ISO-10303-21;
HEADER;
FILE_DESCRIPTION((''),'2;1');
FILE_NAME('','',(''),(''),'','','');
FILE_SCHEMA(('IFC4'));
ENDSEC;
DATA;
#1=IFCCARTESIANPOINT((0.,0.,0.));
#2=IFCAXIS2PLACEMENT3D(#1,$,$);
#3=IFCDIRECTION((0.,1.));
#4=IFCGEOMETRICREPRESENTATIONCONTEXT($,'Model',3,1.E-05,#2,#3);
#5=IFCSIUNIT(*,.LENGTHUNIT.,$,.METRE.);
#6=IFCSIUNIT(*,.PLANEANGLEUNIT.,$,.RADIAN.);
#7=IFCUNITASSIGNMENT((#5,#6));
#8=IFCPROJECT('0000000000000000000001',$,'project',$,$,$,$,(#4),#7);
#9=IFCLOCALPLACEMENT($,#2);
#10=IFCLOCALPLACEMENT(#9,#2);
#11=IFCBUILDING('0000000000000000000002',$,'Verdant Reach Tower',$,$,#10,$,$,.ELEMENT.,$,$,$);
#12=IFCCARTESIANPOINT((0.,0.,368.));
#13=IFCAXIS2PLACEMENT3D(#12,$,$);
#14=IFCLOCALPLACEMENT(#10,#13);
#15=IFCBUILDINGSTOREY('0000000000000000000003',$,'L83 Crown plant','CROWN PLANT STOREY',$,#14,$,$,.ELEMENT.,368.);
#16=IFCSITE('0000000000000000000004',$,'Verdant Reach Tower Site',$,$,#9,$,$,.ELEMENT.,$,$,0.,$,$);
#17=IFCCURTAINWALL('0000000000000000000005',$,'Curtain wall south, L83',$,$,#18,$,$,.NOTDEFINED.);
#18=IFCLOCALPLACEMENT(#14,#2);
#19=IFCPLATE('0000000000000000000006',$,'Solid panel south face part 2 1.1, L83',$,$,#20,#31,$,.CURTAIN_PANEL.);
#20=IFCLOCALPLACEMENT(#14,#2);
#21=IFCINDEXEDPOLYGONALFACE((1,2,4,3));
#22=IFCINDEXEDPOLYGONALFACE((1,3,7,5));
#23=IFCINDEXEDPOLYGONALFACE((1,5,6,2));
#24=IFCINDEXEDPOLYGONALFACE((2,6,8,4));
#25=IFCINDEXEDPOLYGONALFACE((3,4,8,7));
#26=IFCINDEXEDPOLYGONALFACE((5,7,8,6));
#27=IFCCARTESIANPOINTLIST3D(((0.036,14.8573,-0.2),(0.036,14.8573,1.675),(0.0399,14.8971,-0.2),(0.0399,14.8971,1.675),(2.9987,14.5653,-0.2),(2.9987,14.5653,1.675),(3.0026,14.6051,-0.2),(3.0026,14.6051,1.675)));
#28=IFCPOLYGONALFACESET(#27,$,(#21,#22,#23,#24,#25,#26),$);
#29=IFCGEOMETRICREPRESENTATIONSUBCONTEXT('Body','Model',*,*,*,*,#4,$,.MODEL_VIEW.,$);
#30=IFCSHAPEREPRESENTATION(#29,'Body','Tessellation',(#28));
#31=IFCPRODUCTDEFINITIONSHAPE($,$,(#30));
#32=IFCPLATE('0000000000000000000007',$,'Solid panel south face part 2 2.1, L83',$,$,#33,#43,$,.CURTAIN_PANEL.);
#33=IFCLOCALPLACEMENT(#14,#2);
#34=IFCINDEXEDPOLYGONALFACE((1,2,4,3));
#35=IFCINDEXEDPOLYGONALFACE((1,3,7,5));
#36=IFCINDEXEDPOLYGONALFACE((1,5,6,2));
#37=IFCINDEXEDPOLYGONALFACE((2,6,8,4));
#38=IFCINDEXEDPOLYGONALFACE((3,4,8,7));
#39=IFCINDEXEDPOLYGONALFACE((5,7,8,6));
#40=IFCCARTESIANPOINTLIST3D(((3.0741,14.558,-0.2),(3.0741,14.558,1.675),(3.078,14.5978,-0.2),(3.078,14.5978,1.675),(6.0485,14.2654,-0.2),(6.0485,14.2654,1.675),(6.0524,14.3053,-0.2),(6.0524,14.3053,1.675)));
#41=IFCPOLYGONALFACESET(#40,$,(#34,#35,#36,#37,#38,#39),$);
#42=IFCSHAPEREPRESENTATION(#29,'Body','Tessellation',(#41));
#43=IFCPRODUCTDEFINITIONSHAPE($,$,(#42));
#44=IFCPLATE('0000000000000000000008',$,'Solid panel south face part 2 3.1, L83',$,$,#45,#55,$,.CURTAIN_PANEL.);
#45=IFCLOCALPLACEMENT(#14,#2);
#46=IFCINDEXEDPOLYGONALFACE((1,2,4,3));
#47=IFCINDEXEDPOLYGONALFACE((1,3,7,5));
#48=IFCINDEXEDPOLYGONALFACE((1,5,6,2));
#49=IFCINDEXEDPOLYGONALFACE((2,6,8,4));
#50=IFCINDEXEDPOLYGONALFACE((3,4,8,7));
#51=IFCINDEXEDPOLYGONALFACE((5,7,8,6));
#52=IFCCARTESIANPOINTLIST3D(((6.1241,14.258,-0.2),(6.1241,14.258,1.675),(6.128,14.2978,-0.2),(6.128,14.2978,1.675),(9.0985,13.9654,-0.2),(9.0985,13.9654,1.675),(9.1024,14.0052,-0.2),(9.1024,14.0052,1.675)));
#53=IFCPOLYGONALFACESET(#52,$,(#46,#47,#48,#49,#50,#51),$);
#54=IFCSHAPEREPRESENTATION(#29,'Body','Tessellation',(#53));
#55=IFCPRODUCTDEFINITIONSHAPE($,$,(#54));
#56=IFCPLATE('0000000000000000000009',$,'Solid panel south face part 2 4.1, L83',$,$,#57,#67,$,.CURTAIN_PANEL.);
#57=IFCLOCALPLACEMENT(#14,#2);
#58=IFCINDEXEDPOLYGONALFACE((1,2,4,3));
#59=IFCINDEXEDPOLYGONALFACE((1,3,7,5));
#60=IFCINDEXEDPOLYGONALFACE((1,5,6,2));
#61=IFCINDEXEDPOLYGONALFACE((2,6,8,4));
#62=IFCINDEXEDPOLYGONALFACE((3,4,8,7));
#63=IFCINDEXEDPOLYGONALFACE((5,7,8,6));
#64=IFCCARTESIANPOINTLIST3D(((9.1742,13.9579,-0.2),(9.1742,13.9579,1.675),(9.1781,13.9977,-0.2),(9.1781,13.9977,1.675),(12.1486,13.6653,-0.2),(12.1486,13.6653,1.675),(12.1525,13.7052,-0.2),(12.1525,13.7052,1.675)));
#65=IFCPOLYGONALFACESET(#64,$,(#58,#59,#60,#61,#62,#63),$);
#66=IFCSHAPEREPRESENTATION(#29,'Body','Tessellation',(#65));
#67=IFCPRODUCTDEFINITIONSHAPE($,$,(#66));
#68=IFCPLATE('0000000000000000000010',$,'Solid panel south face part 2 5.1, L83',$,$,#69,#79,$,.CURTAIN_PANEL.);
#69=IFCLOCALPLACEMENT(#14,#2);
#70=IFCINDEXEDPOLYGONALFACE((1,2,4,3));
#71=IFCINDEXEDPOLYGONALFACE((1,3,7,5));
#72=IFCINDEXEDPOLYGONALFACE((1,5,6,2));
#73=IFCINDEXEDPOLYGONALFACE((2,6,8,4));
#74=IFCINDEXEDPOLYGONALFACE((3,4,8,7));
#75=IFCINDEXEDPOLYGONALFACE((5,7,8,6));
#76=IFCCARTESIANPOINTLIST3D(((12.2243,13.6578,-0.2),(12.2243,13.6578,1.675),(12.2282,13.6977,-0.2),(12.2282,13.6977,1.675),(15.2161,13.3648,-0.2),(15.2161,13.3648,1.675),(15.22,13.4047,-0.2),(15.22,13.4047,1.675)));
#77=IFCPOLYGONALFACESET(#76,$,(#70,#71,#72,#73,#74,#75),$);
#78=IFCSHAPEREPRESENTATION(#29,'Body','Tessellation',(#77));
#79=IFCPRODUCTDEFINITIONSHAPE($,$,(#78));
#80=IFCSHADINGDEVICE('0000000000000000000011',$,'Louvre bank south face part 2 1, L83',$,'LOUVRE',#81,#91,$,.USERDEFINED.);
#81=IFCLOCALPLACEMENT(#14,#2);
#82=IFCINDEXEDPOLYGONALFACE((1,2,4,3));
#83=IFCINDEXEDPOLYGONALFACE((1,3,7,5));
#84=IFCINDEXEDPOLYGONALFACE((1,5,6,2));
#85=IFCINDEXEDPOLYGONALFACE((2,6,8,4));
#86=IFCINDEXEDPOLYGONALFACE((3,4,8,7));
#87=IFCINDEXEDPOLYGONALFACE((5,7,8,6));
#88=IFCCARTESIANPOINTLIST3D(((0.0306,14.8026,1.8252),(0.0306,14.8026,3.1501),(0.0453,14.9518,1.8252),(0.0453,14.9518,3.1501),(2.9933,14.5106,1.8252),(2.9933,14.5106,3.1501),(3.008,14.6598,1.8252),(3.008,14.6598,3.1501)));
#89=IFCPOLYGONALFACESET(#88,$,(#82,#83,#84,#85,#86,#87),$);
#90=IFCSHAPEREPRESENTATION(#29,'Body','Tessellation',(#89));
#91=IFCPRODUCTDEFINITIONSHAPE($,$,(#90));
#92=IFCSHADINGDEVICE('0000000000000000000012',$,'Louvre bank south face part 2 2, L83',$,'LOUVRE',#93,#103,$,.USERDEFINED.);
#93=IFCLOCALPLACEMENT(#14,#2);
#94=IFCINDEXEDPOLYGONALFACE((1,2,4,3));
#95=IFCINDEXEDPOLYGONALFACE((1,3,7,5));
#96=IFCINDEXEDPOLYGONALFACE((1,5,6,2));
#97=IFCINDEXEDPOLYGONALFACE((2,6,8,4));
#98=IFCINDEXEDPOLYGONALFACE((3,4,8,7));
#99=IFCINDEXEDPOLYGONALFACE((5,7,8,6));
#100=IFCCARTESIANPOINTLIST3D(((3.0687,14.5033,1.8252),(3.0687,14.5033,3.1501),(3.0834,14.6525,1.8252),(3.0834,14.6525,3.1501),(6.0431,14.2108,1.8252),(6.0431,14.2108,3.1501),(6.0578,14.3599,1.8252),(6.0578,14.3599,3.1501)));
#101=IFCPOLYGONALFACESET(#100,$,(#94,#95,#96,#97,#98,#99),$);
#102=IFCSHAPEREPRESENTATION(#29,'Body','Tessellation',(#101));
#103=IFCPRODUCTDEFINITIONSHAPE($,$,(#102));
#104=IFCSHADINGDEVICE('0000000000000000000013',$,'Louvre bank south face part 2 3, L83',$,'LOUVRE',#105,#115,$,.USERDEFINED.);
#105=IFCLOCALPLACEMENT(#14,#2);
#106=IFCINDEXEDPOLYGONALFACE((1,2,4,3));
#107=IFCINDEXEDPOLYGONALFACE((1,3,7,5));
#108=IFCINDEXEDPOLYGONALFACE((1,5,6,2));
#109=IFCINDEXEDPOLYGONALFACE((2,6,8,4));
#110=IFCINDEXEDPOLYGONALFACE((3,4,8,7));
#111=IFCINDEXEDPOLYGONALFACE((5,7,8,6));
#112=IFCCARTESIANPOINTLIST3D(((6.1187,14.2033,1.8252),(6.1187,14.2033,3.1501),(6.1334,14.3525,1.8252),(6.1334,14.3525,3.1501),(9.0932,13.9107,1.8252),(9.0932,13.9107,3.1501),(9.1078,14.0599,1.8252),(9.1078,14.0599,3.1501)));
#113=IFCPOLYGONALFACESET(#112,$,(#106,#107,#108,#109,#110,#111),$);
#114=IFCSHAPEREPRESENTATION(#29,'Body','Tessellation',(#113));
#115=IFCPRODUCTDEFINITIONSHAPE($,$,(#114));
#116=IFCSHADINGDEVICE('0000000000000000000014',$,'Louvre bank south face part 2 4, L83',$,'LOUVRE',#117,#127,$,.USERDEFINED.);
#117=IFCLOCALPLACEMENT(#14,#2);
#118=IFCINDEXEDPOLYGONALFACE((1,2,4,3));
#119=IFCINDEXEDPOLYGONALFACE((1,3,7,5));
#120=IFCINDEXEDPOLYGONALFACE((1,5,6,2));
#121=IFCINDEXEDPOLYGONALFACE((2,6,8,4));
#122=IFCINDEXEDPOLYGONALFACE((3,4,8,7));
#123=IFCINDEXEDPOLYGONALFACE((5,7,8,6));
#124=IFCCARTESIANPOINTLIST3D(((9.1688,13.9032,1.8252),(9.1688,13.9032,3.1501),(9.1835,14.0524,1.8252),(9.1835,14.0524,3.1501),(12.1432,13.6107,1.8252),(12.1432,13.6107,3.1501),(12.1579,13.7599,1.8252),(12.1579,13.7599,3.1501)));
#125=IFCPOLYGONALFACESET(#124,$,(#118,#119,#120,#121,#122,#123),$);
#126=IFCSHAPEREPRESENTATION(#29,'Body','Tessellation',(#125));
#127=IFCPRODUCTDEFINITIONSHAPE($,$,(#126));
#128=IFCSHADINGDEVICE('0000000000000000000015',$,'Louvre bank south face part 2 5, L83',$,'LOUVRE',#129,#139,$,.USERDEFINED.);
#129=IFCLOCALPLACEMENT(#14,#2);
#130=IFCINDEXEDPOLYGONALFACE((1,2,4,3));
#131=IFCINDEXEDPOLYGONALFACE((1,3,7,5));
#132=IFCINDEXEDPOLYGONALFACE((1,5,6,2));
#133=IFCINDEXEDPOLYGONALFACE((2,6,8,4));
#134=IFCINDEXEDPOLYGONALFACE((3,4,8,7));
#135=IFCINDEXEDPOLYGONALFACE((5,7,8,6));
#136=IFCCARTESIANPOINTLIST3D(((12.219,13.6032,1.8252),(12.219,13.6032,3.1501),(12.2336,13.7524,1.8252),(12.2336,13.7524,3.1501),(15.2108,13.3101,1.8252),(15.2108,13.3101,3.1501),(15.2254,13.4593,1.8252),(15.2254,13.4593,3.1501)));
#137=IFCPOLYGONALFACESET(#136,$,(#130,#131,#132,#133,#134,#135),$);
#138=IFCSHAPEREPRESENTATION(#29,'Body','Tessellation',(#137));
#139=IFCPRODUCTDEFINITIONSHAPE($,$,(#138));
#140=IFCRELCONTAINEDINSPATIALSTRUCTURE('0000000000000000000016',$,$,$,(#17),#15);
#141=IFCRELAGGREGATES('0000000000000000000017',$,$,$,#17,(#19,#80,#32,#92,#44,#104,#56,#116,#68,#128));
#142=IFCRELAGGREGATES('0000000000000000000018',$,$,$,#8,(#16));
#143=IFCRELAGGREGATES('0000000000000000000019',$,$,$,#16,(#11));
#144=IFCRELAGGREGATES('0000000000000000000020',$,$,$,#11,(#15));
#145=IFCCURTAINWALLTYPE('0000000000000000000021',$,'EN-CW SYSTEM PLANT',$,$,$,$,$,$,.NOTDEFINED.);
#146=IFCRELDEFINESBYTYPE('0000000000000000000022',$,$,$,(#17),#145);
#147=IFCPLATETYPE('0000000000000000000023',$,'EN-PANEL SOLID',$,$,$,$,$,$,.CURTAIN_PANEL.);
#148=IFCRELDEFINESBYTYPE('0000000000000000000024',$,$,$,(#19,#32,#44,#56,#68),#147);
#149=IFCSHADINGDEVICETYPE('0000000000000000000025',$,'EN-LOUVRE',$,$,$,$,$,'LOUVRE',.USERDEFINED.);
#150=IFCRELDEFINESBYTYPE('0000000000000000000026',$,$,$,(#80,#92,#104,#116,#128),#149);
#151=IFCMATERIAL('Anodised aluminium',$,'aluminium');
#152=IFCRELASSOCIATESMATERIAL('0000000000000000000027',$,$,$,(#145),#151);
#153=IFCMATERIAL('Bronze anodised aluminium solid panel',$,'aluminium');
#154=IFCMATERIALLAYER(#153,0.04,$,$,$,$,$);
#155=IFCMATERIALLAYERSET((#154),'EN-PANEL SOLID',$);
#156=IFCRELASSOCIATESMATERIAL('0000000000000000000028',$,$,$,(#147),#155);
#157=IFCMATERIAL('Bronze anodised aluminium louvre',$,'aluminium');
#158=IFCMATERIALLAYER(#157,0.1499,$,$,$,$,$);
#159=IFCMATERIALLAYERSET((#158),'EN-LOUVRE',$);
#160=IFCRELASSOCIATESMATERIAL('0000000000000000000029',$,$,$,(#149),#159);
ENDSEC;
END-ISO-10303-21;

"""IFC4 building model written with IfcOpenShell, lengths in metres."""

from ifc_helpers import new_model, si_unit, direction, frame, origin, origin_2d, place, context, subcontext, project, spatial, rectangle, extrude, material, layer, layer_set, type_object, element, aggregate, save


model = new_model("IFC4")

# Units and contexts
model_context = context("Model", 3, precision=1e-05, world=origin(), true_north=direction((0.0, 1.0)))
body_context = subcontext(model_context, "Body", "Model", "MODEL_VIEW")
ifc_project = project(units=[si_unit("LENGTHUNIT", "METRE"), si_unit("PLANEANGLEUNIT", "RADIAN")], contexts=[model_context])

# Site, building, storey
site_placement = place(None, origin())
site = spatial("IfcSite", under=ifc_project, at=site_placement, Name="Verdant Reach Tower Site", CompositionType="ELEMENT", RefElevation=0.0)
building_placement = place(site_placement, origin())
building = spatial("IfcBuilding", under=site, at=building_placement, Name="Verdant Reach Tower", CompositionType="ELEMENT")
storey_placement = place(building_placement, frame((0.0, 0.0, 368.0)))
storey = spatial("IfcBuildingStorey", under=building, at=storey_placement, Name="L83 Crown plant", Description="CROWN PLANT STOREY", CompositionType="ELEMENT", Elevation=368.0)

# Curtain wall
ifc_material_1 = material(Name="Anodised aluminium", Category="aluminium")
curtain_wall_type = type_object("IfcCurtainWallType", Name="EN-CW SYSTEM PLANT", PredefinedType="NOTDEFINED", material=ifc_material_1)
curtain_wall_placement = place(storey_placement, origin())
curtain_wall = element("IfcCurtainWall", 1, at=curtain_wall_placement, inside=storey, type_object=curtain_wall_type, Name="Curtain wall south, L83", PredefinedType="NOTDEFINED")

# Plates
ifc_material_2 = material(Name="Bronze anodised aluminium solid panel", Category="aluminium")
ifc_layer_1 = layer(ifc_material_2, 0.04)
ifc_layer_set_1 = layer_set([ifc_layer_1], Name="EN-PANEL SOLID")
plate_type = type_object("IfcPlateType", Name="EN-PANEL SOLID", PredefinedType="CURTAIN_PANEL", material=ifc_layer_set_1)
plate_1_placement = place(storey_placement, frame((1.5193, 14.7312, -0.2), z_axis=(0.0, 0.0, 1.0), x_axis=(0.995179, -0.098075, 0.0)))
plate_1 = element("IfcPlate", 2, at=plate_1_placement, type_object=plate_type, Name="Solid panel south face part 2 1.1, L83", PredefinedType="CURTAIN_PANEL", context=body_context, shape_type="SweptSolid", body=[
    extrude(rectangle(XDim=2.9771, YDim=0.04, at=origin_2d()), origin(), (0.0, 0.0, 1.0), 1.875),
])
plate_2_placement = place(storey_placement, frame((4.5632, 14.4316, -0.2), z_axis=(0.0, 0.0, 1.0), x_axis=(0.995197, -0.097888, 0.0)))
plate_2 = element("IfcPlate", 3, at=plate_2_placement, type_object=plate_type, Name="Solid panel south face part 2 2.1, L83", PredefinedType="CURTAIN_PANEL", context=body_context, shape_type="SweptSolid", body=[
    extrude(rectangle(XDim=2.9888, YDim=0.04, at=origin_2d()), origin(), (0.0, 0.0, 1.0), 1.875),
])
plate_3_placement = place(storey_placement, frame((7.6133, 14.1316, -0.2), z_axis=(0.0, 0.0, 1.0), x_axis=(0.995197, -0.097888, 0.0)))
plate_3 = element("IfcPlate", 4, at=plate_3_placement, type_object=plate_type, Name="Solid panel south face part 2 3.1, L83", PredefinedType="CURTAIN_PANEL", context=body_context, shape_type="SweptSolid", body=[
    extrude(rectangle(XDim=2.9888, YDim=0.04, at=origin_2d()), origin(), (0.0, 0.0, 1.0), 1.875),
])
plate_4_placement = place(storey_placement, frame((10.6633, 13.8315, -0.2), z_axis=(0.0, 0.0, 1.0), x_axis=(0.995197, -0.097888, 0.0)))
plate_4 = element("IfcPlate", 5, at=plate_4_placement, type_object=plate_type, Name="Solid panel south face part 2 4.1, L83", PredefinedType="CURTAIN_PANEL", context=body_context, shape_type="SweptSolid", body=[
    extrude(rectangle(XDim=2.9888, YDim=0.04, at=origin_2d()), origin(), (0.0, 0.0, 1.0), 1.875),
])
plate_5_placement = place(storey_placement, frame((13.7222, 13.5312, -0.2), z_axis=(0.0, 0.0, 1.0), x_axis=(0.995238, -0.097473, 0.0)))
plate_5 = element("IfcPlate", 6, at=plate_5_placement, type_object=plate_type, Name="Solid panel south face part 2 5.1, L83", PredefinedType="CURTAIN_PANEL", context=body_context, shape_type="SweptSolid", body=[
    extrude(rectangle(XDim=3.0061, YDim=0.04, at=origin_2d()), origin(), (0.0, 0.0, 1.0), 1.875),
])

# Shading devices
ifc_material_3 = material(Name="Bronze anodised aluminium louvre", Category="aluminium")
ifc_layer_2 = layer(ifc_material_3, 0.1499)
ifc_layer_set_2 = layer_set([ifc_layer_2], Name="EN-LOUVRE")
shading_device_type = type_object("IfcShadingDeviceType", Name="EN-LOUVRE", ElementType="LOUVRE", PredefinedType="USERDEFINED", material=ifc_layer_set_2)
shading_device_1_placement = place(storey_placement, frame((1.5193, 14.7312, 1.8252), z_axis=(0.0, 0.0, 1.0), x_axis=(0.995179, -0.098075, 0.0)))
shading_device_1 = element("IfcShadingDevice", 7, at=shading_device_1_placement, type_object=shading_device_type, Name="Louvre bank south face part 2 1, L83", ObjectType="LOUVRE", PredefinedType="USERDEFINED", context=body_context, shape_type="SweptSolid", body=[
    extrude(rectangle(XDim=2.9771, YDim=0.1499, at=origin_2d()), origin(), (0.0, 0.0, 1.0), 1.325),
])
shading_device_2_placement = place(storey_placement, frame((4.5632, 14.4316, 1.8252), z_axis=(0.0, 0.0, 1.0), x_axis=(0.995197, -0.097888, 0.0)))
shading_device_2 = element("IfcShadingDevice", 8, at=shading_device_2_placement, type_object=shading_device_type, Name="Louvre bank south face part 2 2, L83", ObjectType="LOUVRE", PredefinedType="USERDEFINED", context=body_context, shape_type="SweptSolid", body=[
    extrude(rectangle(XDim=2.9888, YDim=0.1499, at=origin_2d()), origin(), (0.0, 0.0, 1.0), 1.325),
])
shading_device_3_placement = place(storey_placement, frame((7.6133, 14.1316, 1.8252), z_axis=(0.0, 0.0, 1.0), x_axis=(0.995197, -0.097888, 0.0)))
shading_device_3 = element("IfcShadingDevice", 9, at=shading_device_3_placement, type_object=shading_device_type, Name="Louvre bank south face part 2 3, L83", ObjectType="LOUVRE", PredefinedType="USERDEFINED", context=body_context, shape_type="SweptSolid", body=[
    extrude(rectangle(XDim=2.9888, YDim=0.1499, at=origin_2d()), origin(), (0.0, 0.0, 1.0), 1.325),
])
shading_device_4_placement = place(storey_placement, frame((10.6633, 13.8315, 1.8252), z_axis=(0.0, 0.0, 1.0), x_axis=(0.995197, -0.097888, 0.0)))
shading_device_4 = element("IfcShadingDevice", 10, at=shading_device_4_placement, type_object=shading_device_type, Name="Louvre bank south face part 2 4, L83", ObjectType="LOUVRE", PredefinedType="USERDEFINED", context=body_context, shape_type="SweptSolid", body=[
    extrude(rectangle(XDim=2.9888, YDim=0.1499, at=origin_2d()), origin(), (0.0, 0.0, 1.0), 1.325),
])
shading_device_5_placement = place(storey_placement, frame((13.7222, 13.5312, 1.8252), z_axis=(0.0, 0.0, 1.0), x_axis=(0.995238, -0.097473, 0.0)))
shading_device_5 = element("IfcShadingDevice", 11, at=shading_device_5_placement, type_object=shading_device_type, Name="Louvre bank south face part 2 5, L83", ObjectType="LOUVRE", PredefinedType="USERDEFINED", context=body_context, shape_type="SweptSolid", body=[
    extrude(rectangle(XDim=3.0061, YDim=0.1499, at=origin_2d()), origin(), (0.0, 0.0, 1.0), 1.325),
])
aggregate(curtain_wall, [plate_1, shading_device_1, plate_2, shading_device_2, plate_3, shading_device_3, plate_4, shading_device_4, plate_5, shading_device_5])

save(model, "model.ifc")
